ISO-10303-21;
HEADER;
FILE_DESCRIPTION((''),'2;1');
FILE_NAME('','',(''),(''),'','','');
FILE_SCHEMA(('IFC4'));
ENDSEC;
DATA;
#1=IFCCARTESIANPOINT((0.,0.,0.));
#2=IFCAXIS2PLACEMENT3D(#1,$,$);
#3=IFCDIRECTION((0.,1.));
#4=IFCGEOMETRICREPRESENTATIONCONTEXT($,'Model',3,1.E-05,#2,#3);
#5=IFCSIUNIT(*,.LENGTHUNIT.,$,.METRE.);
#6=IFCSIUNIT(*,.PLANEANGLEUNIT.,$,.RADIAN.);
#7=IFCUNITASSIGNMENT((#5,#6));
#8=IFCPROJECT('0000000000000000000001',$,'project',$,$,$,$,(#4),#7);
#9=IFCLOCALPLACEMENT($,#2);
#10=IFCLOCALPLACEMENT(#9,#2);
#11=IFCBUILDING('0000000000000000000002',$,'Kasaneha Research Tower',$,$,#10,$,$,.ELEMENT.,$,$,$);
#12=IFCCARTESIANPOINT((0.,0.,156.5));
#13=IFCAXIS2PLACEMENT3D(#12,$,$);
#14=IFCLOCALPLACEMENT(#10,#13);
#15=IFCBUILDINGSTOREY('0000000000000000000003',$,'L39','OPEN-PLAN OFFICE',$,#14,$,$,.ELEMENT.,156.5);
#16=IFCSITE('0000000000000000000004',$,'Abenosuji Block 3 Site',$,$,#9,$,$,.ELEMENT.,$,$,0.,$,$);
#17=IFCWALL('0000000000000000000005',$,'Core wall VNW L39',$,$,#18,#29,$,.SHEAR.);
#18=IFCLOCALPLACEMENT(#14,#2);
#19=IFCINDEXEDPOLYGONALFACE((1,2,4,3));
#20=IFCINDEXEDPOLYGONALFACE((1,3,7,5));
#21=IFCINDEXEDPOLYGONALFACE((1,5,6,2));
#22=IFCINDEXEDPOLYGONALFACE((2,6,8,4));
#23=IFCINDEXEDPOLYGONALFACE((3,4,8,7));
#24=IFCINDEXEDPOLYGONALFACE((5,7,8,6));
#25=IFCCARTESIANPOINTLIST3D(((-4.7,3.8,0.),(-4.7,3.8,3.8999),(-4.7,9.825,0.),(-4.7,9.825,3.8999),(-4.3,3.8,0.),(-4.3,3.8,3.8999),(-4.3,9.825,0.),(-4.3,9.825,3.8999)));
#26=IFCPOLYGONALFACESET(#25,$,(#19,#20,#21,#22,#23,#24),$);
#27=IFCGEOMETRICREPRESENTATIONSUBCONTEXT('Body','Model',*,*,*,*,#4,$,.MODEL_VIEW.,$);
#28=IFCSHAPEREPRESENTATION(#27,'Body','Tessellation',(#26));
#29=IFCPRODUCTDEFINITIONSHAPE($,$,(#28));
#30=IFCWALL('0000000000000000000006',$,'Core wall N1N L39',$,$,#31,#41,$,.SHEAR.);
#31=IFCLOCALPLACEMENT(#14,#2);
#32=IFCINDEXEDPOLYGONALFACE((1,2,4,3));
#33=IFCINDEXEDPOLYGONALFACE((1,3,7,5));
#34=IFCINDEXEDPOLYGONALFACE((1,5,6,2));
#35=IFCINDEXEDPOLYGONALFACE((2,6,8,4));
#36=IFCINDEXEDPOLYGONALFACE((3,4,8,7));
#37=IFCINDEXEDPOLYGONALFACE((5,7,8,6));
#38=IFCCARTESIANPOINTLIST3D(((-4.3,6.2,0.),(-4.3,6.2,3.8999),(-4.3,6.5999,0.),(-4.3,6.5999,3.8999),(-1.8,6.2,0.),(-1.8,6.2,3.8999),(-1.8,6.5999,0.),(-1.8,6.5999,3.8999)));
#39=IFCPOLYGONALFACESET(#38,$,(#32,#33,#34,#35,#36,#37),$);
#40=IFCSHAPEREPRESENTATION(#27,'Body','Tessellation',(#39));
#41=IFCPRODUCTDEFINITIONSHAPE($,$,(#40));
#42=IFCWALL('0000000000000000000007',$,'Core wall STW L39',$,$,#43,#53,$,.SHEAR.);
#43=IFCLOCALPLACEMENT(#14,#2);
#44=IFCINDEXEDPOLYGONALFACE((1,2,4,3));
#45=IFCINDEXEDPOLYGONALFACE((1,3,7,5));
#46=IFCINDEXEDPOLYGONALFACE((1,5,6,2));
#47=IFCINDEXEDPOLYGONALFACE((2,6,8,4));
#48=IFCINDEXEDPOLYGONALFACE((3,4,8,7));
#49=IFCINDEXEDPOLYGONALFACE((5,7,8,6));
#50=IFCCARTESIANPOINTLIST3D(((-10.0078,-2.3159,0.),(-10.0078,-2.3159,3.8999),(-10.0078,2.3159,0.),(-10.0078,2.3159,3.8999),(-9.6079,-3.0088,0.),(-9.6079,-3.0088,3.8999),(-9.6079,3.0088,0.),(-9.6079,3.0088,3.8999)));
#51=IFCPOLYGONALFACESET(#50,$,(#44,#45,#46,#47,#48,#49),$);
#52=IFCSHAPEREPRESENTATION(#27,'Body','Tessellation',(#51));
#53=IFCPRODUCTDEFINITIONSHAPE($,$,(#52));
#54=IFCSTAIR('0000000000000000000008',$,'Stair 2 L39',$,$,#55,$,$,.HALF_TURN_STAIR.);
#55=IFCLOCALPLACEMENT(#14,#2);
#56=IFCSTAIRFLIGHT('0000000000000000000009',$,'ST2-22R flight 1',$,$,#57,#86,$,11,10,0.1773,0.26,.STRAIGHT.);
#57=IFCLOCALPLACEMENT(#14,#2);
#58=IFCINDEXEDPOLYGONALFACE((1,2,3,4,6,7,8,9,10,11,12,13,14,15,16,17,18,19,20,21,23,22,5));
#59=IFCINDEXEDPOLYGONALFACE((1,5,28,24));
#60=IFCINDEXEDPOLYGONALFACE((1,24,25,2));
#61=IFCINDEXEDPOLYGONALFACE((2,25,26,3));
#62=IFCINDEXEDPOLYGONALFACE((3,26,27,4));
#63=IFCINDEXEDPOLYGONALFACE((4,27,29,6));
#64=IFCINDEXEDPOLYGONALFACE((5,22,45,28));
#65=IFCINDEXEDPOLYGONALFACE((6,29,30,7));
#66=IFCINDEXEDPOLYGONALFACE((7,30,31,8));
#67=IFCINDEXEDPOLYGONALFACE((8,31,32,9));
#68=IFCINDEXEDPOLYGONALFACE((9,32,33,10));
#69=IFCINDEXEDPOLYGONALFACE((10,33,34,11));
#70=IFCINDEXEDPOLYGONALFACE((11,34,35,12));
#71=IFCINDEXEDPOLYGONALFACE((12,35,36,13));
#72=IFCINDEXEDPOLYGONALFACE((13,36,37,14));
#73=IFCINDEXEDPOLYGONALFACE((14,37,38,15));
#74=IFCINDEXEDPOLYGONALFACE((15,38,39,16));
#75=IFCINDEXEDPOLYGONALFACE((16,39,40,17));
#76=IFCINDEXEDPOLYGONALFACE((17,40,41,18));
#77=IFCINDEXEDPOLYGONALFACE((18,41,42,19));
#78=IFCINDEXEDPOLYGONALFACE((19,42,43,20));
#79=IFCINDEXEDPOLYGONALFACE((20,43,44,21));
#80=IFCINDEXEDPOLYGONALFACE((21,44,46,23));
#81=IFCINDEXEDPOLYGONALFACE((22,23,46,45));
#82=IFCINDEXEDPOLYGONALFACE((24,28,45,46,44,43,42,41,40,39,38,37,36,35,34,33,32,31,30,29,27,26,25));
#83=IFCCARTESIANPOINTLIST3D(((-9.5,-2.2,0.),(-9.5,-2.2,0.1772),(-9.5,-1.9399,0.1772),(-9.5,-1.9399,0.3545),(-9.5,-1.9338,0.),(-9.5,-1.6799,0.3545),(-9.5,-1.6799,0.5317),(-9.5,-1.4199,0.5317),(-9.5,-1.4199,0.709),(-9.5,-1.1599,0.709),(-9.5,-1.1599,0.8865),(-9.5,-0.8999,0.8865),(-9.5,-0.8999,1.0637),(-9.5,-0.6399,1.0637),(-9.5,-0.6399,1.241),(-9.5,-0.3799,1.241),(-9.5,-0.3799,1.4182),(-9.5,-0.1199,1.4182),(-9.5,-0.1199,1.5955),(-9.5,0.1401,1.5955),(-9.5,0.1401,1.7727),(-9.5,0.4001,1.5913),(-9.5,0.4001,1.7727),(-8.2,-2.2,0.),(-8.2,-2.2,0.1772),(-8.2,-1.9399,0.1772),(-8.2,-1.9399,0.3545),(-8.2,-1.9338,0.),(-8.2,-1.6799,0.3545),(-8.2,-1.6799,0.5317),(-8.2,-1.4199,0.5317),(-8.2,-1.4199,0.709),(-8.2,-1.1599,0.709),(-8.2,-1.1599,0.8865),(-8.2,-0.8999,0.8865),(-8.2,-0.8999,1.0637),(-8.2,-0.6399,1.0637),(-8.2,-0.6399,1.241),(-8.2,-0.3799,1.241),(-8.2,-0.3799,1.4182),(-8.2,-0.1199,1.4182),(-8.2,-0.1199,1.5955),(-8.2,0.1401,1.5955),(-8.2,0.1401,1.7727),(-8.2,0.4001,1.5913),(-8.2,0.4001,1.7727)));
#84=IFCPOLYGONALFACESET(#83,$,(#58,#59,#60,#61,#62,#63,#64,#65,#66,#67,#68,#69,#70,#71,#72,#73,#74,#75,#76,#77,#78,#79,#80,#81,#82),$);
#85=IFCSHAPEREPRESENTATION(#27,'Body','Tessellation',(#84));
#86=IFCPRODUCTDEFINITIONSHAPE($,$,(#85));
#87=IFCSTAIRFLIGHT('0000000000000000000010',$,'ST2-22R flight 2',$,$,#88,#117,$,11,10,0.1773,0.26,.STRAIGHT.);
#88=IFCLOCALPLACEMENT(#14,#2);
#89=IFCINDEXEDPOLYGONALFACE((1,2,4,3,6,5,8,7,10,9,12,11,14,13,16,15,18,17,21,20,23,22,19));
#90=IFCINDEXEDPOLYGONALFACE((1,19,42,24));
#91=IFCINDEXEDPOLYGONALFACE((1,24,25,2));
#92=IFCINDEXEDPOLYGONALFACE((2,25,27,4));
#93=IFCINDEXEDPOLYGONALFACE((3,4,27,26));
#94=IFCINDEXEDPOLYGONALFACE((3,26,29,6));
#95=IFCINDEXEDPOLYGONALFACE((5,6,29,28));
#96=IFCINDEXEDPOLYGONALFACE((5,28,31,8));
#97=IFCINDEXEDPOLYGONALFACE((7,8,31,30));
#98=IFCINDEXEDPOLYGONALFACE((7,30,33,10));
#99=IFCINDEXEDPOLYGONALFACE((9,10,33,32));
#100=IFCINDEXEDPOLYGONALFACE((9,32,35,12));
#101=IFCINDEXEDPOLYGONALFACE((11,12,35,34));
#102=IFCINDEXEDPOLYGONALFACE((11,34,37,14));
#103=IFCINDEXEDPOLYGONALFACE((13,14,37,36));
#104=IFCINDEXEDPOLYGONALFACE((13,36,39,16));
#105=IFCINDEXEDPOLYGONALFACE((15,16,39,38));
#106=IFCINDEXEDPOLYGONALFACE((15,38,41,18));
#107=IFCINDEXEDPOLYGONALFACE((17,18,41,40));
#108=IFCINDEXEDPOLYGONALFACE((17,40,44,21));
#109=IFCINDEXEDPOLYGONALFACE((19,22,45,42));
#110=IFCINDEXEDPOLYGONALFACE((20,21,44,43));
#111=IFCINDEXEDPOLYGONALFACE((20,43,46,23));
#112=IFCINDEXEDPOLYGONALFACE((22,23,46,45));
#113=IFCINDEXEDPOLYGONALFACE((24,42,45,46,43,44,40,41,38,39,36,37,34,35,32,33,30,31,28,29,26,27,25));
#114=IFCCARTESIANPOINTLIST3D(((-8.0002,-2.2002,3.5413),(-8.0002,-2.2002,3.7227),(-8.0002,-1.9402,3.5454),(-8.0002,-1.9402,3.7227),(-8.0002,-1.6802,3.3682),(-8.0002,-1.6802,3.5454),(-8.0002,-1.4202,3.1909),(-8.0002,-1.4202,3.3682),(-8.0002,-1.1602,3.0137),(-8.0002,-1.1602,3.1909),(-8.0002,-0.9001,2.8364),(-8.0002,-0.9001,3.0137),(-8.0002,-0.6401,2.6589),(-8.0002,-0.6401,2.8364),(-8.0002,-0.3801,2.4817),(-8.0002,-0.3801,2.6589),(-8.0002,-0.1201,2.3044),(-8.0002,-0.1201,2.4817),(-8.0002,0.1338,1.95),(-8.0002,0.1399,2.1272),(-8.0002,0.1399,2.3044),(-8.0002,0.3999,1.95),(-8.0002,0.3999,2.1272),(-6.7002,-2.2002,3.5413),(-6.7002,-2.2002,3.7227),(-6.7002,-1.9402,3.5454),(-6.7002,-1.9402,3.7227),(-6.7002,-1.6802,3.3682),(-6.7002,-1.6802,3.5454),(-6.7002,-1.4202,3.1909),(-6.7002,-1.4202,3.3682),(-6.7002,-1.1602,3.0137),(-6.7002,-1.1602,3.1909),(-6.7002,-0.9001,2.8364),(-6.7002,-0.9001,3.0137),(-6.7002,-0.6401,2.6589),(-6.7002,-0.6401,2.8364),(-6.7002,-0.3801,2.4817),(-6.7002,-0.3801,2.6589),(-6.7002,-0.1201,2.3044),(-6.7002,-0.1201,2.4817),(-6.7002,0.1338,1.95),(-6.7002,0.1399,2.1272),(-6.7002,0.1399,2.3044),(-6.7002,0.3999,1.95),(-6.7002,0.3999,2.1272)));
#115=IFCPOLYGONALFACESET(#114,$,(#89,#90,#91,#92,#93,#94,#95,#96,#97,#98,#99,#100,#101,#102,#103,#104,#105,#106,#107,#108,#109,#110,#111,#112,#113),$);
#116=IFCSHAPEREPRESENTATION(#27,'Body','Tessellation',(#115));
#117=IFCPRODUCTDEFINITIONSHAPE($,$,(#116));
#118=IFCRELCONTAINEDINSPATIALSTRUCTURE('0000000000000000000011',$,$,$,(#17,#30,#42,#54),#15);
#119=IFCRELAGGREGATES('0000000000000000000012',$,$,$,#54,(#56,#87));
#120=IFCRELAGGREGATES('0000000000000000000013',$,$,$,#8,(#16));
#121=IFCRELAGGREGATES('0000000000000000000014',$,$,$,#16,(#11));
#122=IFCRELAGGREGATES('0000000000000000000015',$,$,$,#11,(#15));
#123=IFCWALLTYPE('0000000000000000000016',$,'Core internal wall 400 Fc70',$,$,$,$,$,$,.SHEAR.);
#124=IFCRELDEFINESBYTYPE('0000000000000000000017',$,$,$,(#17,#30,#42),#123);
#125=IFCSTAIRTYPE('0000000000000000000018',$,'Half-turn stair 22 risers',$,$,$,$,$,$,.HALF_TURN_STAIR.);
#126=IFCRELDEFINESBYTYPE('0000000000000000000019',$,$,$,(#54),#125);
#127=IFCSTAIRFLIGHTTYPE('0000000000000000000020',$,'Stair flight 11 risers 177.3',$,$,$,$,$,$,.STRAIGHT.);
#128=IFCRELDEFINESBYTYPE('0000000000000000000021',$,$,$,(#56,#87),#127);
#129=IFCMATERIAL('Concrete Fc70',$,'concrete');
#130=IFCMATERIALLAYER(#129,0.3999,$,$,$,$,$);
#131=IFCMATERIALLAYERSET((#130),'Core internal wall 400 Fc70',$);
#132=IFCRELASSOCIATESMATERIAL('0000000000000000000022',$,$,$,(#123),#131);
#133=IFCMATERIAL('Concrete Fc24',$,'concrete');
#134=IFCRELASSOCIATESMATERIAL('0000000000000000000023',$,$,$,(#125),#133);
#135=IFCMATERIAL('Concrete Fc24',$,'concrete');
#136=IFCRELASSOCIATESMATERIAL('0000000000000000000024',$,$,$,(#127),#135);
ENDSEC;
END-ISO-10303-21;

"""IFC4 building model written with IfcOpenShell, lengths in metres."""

from ifc_helpers import new_model, si_unit, direction, frame, frame_2d, origin, place, context, subcontext, project, spatial, polyline, rectangle, outline, extrude, material, layer, layer_set, type_object, element, aggregate, save


model = new_model("IFC4")

# Units and contexts
model_context = context("Model", 3, precision=1e-05, world=origin(), true_north=direction((0.0, 1.0)))
body_context = subcontext(model_context, "Body", "Model", "MODEL_VIEW")
ifc_project = project(units=[si_unit("LENGTHUNIT", "METRE"), si_unit("PLANEANGLEUNIT", "RADIAN")], contexts=[model_context])

# Site, building, storey
site_placement = place(None, origin())
site = spatial("IfcSite", under=ifc_project, at=site_placement, Name="Abenosuji Block 3 Site", CompositionType="ELEMENT", RefElevation=0.0)
building_placement = place(site_placement, origin())
building = spatial("IfcBuilding", under=site, at=building_placement, Name="Kasaneha Research Tower", CompositionType="ELEMENT")
storey_placement = place(building_placement, frame((0.0, 0.0, 156.5)))
storey = spatial("IfcBuildingStorey", under=building, at=storey_placement, Name="L39", Description="OPEN-PLAN OFFICE", CompositionType="ELEMENT", Elevation=156.5)

# Shared definitions
ifc_material_1 = material(Name="Concrete Fc70", Category="concrete")
ifc_layer_1 = layer(ifc_material_1, 0.3999)
ifc_layer_set_1 = layer_set([ifc_layer_1], Name="Core internal wall 400 Fc70")
wall_type = type_object("IfcWallType", Name="Core internal wall 400 Fc70", PredefinedType="SHEAR", material=ifc_layer_set_1)

# Walls
wall_1_placement = place(storey_placement, frame((-4.5, 3.8, 0.0), z_axis=(0.0, 0.0, 1.0), x_axis=(0.0, 1.0, 0.0)))
element("IfcWall", 1, at=wall_1_placement, inside=storey, type_object=wall_type, Name="Core wall VNW L39", PredefinedType="SHEAR", context=body_context, shape_type="SweptSolid", body=[
    extrude(rectangle(XDim=6.0249, YDim=0.3999, at=frame_2d((3.0125, 0.0))), origin(), (0.0, 0.0, 1.0), 3.8999),
])
wall_2_placement = place(storey_placement, frame((-4.3, 6.3999, 0.0), z_axis=(0.0, 0.0, 1.0), x_axis=(1.0, 0.0, 0.0)))
element("IfcWall", 2, at=wall_2_placement, inside=storey, type_object=wall_type, Name="Core wall N1N L39", PredefinedType="SHEAR", context=body_context, shape_type="SweptSolid", body=[
    extrude(rectangle(XDim=2.5, YDim=0.3999, at=frame_2d((1.25, 0.0))), origin(), (0.0, 0.0, 1.0), 3.8999),
])
wall_3_placement = place(storey_placement, frame((-9.8079, -2.6624, 0.0), z_axis=(0.0, 0.0, 1.0), x_axis=(0.0, 1.0, 0.0)))
element("IfcWall", 3, at=wall_3_placement, inside=storey, type_object=wall_type, Name="Core wall STW L39", PredefinedType="SHEAR", context=body_context, shape_type="SweptSolid", body=[
    extrude(outline(polyline([(-0.3464, -0.2), (5.6711, -0.2), (4.9783, 0.2), (0.3464, 0.2), (-0.3464, -0.2)])), origin(), (0.0, 0.0, 1.0), 3.8999),
])

# Stair, stair flights
ifc_material_2 = material(Name="Concrete Fc24", Category="concrete")
stair_type = type_object("IfcStairType", Name="Half-turn stair 22 risers", PredefinedType="HALF_TURN_STAIR", material=ifc_material_2)
stair_placement = place(storey_placement, origin())
stair = element("IfcStair", 4, at=stair_placement, inside=storey, type_object=stair_type, Name="Stair 2 L39", PredefinedType="HALF_TURN_STAIR")
ifc_material_3 = material(Name="Concrete Fc24", Category="concrete")
stair_flight_type = type_object("IfcStairFlightType", Name="Stair flight 11 risers 177.3", PredefinedType="STRAIGHT", material=ifc_material_3)
stair_flight_1_placement = place(storey_placement, frame((-8.8501, -2.2, 0.0), z_axis=(0.0, 0.0, 1.0), x_axis=(0.0, 1.0, 0.0)))
stair_flight_1 = element("IfcStairFlight", 5, at=stair_flight_1_placement, type_object=stair_flight_type, Name="ST2-22R flight 1", NumberOfRisers=11, NumberOfTreads=10, PredefinedType="STRAIGHT", RiserHeight=0.1773, TreadLength=0.26, context=body_context, shape_type="SweptSolid", body=[
    extrude(outline(polyline([(0.0, 0.0), (0.0, 0.1772), (0.26, 0.1772), (0.26, 0.3545), (0.52, 0.3545), (0.52, 0.5317), (0.78, 0.5317), (0.78, 0.709), (1.04, 0.709), (1.04, 0.8865), (1.3, 0.8865), (1.3, 1.0637), (1.5601, 1.0637), (1.5601, 1.241), (1.8201, 1.241), (1.8201, 1.4182), (2.0801, 1.4182), (2.0801, 1.5955), (2.3401, 1.5955), (2.3401, 1.7727), (2.6001, 1.7727), (2.6001, 1.95), (2.6001, 1.5913), (0.2661, 0.0), (0.0, 0.0)])), frame((0.0, 0.6499, 0.0), z_axis=(0.0, -1.0, 0.0), x_axis=(1.0, 0.0, 0.0)), (0.0, 0.0, 1.0), 1.3),
])
stair_flight_2_placement = place(storey_placement, frame((-7.3501, 0.3999, 1.95), z_axis=(0.0, 0.0, 1.0), x_axis=(0.0, -1.0, 0.0)))
stair_flight_2 = element("IfcStairFlight", 6, at=stair_flight_2_placement, type_object=stair_flight_type, Name="ST2-22R flight 2", NumberOfRisers=11, NumberOfTreads=10, PredefinedType="STRAIGHT", RiserHeight=0.1773, TreadLength=0.26, context=body_context, shape_type="SweptSolid", body=[
    extrude(outline(polyline([(0.0, 0.0), (0.0, 0.1772), (0.26, 0.1772), (0.26, 0.3545), (0.52, 0.3545), (0.52, 0.5317), (0.78, 0.5317), (0.78, 0.709), (1.04, 0.709), (1.04, 0.8865), (1.3, 0.8865), (1.3, 1.0637), (1.5601, 1.0637), (1.5601, 1.241), (1.8201, 1.241), (1.8201, 1.4182), (2.0801, 1.4182), (2.0801, 1.5955), (2.3401, 1.5955), (2.3401, 1.7727), (2.6001, 1.7727), (2.6001, 1.95), (2.6001, 1.5913), (0.2661, 0.0), (0.0, 0.0)])), frame((0.0, 0.6499, 0.0), z_axis=(0.0, -1.0, 0.0), x_axis=(1.0, 0.0, 0.0)), (0.0, 0.0, 1.0), 1.3),
])
aggregate(stair, [stair_flight_1, stair_flight_2])

save(model, "model.ifc")
